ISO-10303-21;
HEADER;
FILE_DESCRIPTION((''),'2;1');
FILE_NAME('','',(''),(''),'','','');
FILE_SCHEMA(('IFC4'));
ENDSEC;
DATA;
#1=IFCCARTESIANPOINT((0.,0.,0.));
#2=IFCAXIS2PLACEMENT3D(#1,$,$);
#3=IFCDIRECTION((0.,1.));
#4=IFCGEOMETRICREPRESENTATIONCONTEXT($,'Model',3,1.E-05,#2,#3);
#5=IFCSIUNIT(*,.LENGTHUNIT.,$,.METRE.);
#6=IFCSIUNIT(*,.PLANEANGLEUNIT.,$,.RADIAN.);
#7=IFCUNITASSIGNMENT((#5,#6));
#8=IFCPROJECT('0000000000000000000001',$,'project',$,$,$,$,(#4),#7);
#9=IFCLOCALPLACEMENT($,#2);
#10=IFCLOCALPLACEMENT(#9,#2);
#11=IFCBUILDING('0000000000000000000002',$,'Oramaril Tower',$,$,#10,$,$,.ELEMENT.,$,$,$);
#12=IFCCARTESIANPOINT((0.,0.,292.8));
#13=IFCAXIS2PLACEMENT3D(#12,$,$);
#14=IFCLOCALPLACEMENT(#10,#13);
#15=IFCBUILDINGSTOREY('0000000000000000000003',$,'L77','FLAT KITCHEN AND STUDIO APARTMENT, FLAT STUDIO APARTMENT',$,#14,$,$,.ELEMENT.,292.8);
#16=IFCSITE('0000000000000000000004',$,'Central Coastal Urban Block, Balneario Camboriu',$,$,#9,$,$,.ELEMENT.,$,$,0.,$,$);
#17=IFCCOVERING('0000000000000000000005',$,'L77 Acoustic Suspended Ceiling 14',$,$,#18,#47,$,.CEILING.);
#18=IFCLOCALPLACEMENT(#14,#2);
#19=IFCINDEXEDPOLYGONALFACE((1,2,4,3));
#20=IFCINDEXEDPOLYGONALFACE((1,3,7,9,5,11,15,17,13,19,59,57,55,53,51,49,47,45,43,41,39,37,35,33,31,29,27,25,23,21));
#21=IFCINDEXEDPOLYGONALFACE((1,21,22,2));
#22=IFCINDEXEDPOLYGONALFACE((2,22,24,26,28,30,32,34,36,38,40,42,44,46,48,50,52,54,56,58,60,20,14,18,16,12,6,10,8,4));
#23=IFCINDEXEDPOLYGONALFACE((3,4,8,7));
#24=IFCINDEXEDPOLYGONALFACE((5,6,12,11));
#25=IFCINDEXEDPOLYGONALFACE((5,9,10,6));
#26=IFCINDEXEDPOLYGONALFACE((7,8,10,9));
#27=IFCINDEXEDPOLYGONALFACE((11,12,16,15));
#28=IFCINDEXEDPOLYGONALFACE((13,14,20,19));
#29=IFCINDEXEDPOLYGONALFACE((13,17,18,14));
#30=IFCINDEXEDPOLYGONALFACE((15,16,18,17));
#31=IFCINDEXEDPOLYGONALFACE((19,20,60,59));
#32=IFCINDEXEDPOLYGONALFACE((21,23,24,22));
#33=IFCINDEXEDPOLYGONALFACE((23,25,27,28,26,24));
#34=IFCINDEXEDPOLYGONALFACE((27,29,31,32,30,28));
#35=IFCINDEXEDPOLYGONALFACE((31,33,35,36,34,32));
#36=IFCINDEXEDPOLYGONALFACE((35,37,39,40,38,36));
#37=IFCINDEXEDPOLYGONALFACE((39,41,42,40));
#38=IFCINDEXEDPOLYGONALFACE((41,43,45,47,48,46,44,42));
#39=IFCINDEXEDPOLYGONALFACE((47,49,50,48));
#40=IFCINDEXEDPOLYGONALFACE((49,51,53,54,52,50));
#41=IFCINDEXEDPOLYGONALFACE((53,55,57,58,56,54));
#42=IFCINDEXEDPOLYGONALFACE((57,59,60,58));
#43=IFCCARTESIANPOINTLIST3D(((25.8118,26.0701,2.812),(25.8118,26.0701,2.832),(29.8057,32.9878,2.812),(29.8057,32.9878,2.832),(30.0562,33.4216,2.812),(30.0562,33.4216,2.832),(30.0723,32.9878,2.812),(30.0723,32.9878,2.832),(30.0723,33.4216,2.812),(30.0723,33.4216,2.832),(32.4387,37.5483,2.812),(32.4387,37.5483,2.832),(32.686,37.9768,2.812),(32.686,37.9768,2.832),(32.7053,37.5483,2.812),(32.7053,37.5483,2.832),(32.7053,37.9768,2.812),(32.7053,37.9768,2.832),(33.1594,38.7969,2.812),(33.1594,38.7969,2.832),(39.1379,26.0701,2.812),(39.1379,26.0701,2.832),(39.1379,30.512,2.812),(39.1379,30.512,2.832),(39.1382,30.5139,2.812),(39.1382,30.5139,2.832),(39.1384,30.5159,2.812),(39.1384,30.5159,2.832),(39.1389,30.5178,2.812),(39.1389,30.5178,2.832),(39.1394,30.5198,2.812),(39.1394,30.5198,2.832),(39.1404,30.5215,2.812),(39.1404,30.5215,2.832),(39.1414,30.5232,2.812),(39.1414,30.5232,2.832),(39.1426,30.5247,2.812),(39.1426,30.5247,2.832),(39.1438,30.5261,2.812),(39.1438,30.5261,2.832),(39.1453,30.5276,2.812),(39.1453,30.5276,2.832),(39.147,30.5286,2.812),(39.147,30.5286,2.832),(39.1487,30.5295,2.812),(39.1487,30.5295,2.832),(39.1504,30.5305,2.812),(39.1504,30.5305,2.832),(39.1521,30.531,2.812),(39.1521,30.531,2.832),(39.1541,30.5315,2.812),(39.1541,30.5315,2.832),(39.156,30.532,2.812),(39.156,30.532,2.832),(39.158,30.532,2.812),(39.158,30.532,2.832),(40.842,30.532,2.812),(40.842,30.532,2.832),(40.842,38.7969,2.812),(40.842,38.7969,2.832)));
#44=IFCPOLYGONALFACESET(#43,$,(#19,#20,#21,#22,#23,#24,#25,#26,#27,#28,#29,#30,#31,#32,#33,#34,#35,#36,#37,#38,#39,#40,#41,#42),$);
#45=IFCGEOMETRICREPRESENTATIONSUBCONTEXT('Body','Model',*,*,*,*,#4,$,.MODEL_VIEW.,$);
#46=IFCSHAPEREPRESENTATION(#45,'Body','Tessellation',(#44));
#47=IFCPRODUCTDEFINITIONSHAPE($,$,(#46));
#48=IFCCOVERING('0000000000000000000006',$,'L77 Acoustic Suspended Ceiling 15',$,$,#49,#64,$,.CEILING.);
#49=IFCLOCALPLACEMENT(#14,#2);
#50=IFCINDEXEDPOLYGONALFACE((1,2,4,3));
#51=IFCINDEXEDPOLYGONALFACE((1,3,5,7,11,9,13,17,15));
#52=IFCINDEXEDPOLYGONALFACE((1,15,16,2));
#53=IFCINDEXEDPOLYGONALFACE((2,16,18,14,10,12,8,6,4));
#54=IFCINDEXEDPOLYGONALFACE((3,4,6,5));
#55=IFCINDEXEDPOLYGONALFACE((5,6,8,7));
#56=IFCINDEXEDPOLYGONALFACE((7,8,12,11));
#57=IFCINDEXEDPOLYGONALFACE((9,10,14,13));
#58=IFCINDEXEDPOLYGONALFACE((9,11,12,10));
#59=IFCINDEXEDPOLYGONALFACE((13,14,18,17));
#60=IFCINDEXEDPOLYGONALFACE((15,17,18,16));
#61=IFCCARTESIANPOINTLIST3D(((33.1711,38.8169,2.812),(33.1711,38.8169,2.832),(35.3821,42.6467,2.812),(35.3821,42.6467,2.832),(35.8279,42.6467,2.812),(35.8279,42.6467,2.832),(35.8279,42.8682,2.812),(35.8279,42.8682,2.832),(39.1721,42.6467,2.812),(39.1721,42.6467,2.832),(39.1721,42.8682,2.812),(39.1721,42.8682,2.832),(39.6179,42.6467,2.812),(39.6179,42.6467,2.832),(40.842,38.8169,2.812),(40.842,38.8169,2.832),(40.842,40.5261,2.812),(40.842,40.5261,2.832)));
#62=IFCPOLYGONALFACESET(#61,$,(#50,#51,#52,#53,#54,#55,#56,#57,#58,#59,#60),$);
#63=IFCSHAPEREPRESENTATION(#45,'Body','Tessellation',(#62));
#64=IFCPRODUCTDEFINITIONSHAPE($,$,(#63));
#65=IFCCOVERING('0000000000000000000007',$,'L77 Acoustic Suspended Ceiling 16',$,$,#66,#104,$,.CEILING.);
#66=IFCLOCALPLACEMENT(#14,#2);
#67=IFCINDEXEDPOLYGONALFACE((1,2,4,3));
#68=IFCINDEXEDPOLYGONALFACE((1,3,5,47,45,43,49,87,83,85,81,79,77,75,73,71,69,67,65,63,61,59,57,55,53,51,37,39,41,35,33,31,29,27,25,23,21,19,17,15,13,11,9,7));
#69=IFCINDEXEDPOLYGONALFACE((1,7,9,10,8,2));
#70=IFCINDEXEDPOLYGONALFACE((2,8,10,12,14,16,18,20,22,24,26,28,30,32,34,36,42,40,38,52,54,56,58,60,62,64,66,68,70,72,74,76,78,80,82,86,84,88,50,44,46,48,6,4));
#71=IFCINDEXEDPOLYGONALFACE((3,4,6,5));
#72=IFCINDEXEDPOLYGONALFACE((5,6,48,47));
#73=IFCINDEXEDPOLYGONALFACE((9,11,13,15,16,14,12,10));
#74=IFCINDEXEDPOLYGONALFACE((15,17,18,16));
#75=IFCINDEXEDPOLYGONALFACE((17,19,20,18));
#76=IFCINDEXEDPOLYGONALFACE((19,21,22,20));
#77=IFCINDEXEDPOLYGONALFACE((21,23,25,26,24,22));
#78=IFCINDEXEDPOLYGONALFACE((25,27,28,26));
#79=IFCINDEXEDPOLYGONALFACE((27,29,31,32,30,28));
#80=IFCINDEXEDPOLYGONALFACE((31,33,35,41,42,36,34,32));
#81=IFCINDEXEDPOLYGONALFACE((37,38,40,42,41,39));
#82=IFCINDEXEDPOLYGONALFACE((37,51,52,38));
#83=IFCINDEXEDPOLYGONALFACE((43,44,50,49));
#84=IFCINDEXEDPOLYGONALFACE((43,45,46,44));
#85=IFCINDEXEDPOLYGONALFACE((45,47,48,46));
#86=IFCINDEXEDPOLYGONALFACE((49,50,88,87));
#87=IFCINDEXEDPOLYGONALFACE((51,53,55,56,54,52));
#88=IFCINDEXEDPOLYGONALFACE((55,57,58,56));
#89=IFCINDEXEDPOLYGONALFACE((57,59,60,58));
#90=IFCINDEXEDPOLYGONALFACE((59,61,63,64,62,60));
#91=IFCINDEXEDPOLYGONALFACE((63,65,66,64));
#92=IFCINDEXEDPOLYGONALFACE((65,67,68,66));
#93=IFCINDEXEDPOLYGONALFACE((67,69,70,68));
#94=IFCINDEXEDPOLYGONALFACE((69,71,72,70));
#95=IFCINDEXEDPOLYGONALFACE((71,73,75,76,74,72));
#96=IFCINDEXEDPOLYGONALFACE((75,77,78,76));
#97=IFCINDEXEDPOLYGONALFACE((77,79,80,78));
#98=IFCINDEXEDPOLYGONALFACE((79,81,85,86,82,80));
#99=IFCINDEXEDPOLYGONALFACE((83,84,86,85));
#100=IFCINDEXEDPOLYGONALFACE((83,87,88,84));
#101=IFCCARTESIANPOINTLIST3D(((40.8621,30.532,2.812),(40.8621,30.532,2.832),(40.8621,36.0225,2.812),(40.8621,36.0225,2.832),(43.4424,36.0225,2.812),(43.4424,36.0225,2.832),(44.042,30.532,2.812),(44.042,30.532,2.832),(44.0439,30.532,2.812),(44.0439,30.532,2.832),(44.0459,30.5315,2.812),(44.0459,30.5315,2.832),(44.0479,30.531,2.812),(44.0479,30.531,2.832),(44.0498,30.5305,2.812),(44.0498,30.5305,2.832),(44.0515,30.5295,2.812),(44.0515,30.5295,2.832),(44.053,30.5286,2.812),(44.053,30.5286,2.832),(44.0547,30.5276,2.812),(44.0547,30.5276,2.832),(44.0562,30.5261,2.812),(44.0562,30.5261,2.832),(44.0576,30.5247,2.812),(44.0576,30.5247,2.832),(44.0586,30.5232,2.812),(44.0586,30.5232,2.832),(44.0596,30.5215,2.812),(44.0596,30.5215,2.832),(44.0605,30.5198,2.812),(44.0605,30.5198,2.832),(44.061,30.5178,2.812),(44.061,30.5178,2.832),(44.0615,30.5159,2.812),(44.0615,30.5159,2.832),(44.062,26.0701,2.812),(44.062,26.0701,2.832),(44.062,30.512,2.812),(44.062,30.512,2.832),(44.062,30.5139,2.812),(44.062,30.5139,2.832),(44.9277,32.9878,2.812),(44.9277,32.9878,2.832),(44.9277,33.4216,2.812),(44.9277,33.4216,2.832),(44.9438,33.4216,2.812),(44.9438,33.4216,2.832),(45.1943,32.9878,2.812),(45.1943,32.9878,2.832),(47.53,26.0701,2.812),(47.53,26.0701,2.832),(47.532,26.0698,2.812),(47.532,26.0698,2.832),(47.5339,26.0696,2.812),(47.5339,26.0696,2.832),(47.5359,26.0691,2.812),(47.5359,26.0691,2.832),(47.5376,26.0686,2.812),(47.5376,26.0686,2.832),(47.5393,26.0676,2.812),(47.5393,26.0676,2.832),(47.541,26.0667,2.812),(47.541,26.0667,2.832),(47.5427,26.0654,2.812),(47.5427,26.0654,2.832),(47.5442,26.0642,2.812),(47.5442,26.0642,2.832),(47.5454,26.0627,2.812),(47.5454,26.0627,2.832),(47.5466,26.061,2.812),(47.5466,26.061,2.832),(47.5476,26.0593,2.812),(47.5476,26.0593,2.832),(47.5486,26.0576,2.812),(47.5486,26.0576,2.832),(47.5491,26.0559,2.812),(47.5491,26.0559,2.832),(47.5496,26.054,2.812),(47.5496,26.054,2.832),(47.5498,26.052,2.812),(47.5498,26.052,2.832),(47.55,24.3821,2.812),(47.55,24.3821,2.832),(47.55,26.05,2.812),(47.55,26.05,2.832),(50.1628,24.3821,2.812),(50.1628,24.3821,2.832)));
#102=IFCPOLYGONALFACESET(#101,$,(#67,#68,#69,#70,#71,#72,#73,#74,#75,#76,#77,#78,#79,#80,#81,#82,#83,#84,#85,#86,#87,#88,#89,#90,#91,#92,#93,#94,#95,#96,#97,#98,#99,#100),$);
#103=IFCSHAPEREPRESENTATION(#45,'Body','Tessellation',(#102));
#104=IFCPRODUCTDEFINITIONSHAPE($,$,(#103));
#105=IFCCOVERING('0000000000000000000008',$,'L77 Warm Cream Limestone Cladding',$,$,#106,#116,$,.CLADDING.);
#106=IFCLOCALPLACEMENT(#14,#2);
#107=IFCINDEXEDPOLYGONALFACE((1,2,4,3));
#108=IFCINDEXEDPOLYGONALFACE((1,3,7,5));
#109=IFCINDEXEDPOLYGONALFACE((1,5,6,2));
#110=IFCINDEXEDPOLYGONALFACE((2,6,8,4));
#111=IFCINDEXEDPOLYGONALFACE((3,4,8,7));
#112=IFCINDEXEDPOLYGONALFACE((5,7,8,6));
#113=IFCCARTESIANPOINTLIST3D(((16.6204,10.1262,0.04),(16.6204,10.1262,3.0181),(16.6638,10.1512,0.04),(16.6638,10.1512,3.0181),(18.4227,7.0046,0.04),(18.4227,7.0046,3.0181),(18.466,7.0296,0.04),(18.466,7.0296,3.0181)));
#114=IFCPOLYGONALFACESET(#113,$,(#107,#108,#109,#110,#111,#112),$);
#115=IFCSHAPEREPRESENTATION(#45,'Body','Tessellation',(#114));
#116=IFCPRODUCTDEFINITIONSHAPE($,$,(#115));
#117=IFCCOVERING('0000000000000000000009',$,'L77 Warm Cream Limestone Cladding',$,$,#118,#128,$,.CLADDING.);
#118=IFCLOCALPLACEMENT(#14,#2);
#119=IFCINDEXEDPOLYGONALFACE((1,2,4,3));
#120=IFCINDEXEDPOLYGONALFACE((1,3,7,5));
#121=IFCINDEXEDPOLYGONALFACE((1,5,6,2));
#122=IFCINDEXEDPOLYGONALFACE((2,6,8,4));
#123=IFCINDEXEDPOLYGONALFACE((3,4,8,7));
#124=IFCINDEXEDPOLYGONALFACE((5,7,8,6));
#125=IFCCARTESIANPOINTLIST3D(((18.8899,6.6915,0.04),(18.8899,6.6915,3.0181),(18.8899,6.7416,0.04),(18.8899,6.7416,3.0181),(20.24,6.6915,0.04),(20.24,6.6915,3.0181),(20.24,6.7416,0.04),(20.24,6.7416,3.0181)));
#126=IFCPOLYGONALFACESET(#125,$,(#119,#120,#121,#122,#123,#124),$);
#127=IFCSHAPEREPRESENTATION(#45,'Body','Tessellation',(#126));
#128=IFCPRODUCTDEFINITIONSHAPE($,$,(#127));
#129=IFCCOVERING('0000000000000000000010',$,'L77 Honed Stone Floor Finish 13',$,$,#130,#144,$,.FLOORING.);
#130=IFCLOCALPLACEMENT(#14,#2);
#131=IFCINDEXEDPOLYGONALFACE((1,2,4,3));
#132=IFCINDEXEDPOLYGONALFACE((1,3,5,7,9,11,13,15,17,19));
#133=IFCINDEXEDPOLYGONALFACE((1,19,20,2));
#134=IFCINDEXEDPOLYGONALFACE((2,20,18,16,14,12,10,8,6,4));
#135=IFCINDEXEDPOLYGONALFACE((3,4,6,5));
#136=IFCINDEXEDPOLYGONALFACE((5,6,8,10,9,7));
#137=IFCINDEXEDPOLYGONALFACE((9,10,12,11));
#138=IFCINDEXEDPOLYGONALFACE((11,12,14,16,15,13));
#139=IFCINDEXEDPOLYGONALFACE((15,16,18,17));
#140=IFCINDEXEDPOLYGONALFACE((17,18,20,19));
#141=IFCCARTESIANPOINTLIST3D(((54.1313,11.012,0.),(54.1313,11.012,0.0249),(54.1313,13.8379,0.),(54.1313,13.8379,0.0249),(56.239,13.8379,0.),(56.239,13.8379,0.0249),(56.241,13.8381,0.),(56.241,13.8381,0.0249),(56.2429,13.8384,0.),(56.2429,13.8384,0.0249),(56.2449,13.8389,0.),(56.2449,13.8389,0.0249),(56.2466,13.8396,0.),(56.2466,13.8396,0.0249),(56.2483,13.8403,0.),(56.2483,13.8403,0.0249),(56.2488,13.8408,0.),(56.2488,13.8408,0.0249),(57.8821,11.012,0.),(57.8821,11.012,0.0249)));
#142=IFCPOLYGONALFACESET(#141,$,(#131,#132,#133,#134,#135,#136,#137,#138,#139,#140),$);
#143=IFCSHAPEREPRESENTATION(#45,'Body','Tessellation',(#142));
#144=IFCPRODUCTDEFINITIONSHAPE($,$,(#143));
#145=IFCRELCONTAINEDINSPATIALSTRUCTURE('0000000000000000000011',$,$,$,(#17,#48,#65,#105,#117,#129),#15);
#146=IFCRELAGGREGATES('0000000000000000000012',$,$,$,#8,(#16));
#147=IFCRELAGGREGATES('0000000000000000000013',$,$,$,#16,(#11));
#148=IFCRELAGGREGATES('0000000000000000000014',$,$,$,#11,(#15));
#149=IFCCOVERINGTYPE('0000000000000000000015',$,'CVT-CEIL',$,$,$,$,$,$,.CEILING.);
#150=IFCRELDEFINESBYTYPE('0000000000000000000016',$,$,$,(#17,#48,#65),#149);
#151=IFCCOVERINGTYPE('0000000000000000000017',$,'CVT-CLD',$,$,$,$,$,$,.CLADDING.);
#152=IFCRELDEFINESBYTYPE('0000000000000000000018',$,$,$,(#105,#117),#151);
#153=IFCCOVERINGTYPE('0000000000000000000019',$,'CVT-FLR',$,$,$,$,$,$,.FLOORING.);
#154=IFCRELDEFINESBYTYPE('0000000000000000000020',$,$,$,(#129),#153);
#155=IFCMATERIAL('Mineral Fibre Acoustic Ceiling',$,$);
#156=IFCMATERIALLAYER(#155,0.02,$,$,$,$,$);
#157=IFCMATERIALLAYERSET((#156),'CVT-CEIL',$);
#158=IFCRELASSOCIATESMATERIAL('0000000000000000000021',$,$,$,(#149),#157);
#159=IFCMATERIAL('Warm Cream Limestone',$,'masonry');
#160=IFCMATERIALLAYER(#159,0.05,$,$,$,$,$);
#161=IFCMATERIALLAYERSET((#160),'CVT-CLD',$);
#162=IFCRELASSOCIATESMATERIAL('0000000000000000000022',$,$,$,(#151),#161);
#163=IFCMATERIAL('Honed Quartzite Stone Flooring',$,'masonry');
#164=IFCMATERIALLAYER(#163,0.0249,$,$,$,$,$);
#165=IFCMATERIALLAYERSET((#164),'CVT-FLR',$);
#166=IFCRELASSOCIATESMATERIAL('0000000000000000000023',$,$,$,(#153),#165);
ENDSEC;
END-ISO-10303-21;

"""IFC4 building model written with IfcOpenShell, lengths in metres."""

from ifc_helpers import new_model, si_unit, direction, frame, origin, origin_2d, place, context, subcontext, project, spatial, polyline, rectangle, outline, extrude, material, layer, layer_set, type_object, element, save


model = new_model("IFC4")

# Units and contexts
model_context = context("Model", 3, precision=1e-05, world=origin(), true_north=direction((0.0, 1.0)))
body_context = subcontext(model_context, "Body", "Model", "MODEL_VIEW")
ifc_project = project(units=[si_unit("LENGTHUNIT", "METRE"), si_unit("PLANEANGLEUNIT", "RADIAN")], contexts=[model_context])

# Site, building, storey
site_placement = place(None, origin())
site = spatial("IfcSite", under=ifc_project, at=site_placement, Name="Central Coastal Urban Block, Balneario Camboriu", CompositionType="ELEMENT", RefElevation=0.0)
building_placement = place(site_placement, origin())
building = spatial("IfcBuilding", under=site, at=building_placement, Name="Oramaril Tower", CompositionType="ELEMENT")
storey_placement = place(building_placement, frame((0.0, 0.0, 292.8)))
storey = spatial("IfcBuildingStorey", under=building, at=storey_placement, Name="L77", Description="FLAT KITCHEN AND STUDIO APARTMENT, FLAT STUDIO APARTMENT", CompositionType="ELEMENT", Elevation=292.8)

# Coverings
ifc_material_1 = material(Name="Mineral Fibre Acoustic Ceiling")
ifc_layer_1 = layer(ifc_material_1, 0.02)
ifc_layer_set_1 = layer_set([ifc_layer_1], Name="CVT-CEIL")
covering_type_1 = type_object("IfcCoveringType", Name="CVT-CEIL", PredefinedType="CEILING", material=ifc_layer_set_1)
covering_1_placement = place(storey_placement, frame((0.0, 0.0, 2.812)))
element("IfcCovering", 1, at=covering_1_placement, inside=storey, type_object=covering_type_1, Name="L77 Acoustic Suspended Ceiling 14", PredefinedType="CEILING", context=body_context, shape_type="SweptSolid", body=[
    extrude(outline(polyline([(29.8057, 32.9878), (30.0723, 32.9878), (30.0723, 33.4216), (30.0562, 33.4216), (32.4387, 37.5483), (32.7053, 37.5483), (32.7053, 37.9768), (32.686, 37.9768), (33.1594, 38.7969), (40.842, 38.7969), (40.842, 30.532), (39.158, 30.532), (39.156, 30.532), (39.1541, 30.5315), (39.1521, 30.531), (39.1504, 30.5305), (39.1487, 30.5295), (39.147, 30.5286), (39.1453, 30.5276), (39.1438, 30.5261), (39.1426, 30.5247), (39.1414, 30.5232), (39.1404, 30.5215), (39.1394, 30.5198), (39.1389, 30.5178), (39.1384, 30.5159), (39.1382, 30.5139), (39.1379, 30.512), (39.1379, 26.0701), (25.8118, 26.0701), (29.8057, 32.9878)])), origin(), (0.0, 0.0, 1.0), 0.02),
])
covering_2_placement = place(storey_placement, frame((0.0, 0.0, 2.812)))
element("IfcCovering", 2, at=covering_2_placement, inside=storey, type_object=covering_type_1, Name="L77 Acoustic Suspended Ceiling 15", PredefinedType="CEILING", context=body_context, shape_type="SweptSolid", body=[
    extrude(outline(polyline([(39.1721, 42.6467), (39.6179, 42.6467), (40.842, 40.5261), (40.842, 38.8169), (33.1711, 38.8169), (35.3821, 42.6467), (35.8279, 42.6467), (35.8279, 42.8682), (39.1721, 42.8682), (39.1721, 42.6467)])), origin(), (0.0, 0.0, 1.0), 0.02),
])
covering_3_placement = place(storey_placement, frame((0.0, 0.0, 2.812)))
element("IfcCovering", 3, at=covering_3_placement, inside=storey, type_object=covering_type_1, Name="L77 Acoustic Suspended Ceiling 16", PredefinedType="CEILING", context=body_context, shape_type="SweptSolid", body=[
    extrude(outline(polyline([(43.4424, 36.0225), (44.9438, 33.4216), (44.9277, 33.4216), (44.9277, 32.9878), (45.1943, 32.9878), (50.1628, 24.3821), (47.55, 24.3821), (47.55, 26.05), (47.5498, 26.052), (47.5496, 26.054), (47.5491, 26.0559), (47.5486, 26.0576), (47.5476, 26.0593), (47.5466, 26.061), (47.5454, 26.0627), (47.5442, 26.0642), (47.5427, 26.0654), (47.541, 26.0667), (47.5393, 26.0676), (47.5376, 26.0686), (47.5359, 26.0691), (47.5339, 26.0696), (47.532, 26.0698), (47.53, 26.0701), (44.062, 26.0701), (44.062, 30.512), (44.062, 30.5139), (44.0615, 30.5159), (44.061, 30.5178), (44.0605, 30.5198), (44.0596, 30.5215), (44.0586, 30.5232), (44.0576, 30.5247), (44.0562, 30.5261), (44.0547, 30.5276), (44.053, 30.5286), (44.0515, 30.5295), (44.0498, 30.5305), (44.0479, 30.531), (44.0459, 30.5315), (44.0439, 30.532), (44.042, 30.532), (40.8621, 30.532), (40.8621, 36.0225), (43.4424, 36.0225)])), origin(), (0.0, 0.0, 1.0), 0.02),
])
ifc_material_2 = material(Name="Warm Cream Limestone", Category="masonry")
ifc_layer_2 = layer(ifc_material_2, 0.05)
ifc_layer_set_2 = layer_set([ifc_layer_2], Name="CVT-CLD")
covering_type_2 = type_object("IfcCoveringType", Name="CVT-CLD", PredefinedType="CLADDING", material=ifc_layer_set_2)
covering_4_placement = place(storey_placement, frame((17.5432, 8.5779, 0.04), z_axis=(0.0, 0.0, 1.0), x_axis=(0.499998, -0.866026, 0.0)))
element("IfcCovering", 4, at=covering_4_placement, inside=storey, type_object=covering_type_2, Name="L77 Warm Cream Limestone Cladding", PredefinedType="CLADDING", context=body_context, shape_type="SweptSolid", body=[
    extrude(rectangle(XDim=3.6045, YDim=0.05, at=origin_2d()), origin(), (0.0, 0.0, 1.0), 2.978),
])
covering_5_placement = place(storey_placement, frame((19.5649, 6.7166, 0.04), z_axis=(0.0, 0.0, 1.0), x_axis=(1.0, 0.0, 0.0)))
element("IfcCovering", 5, at=covering_5_placement, inside=storey, type_object=covering_type_2, Name="L77 Warm Cream Limestone Cladding", PredefinedType="CLADDING", context=body_context, shape_type="SweptSolid", body=[
    extrude(rectangle(XDim=1.3501, YDim=0.05, at=origin_2d()), origin(), (0.0, 0.0, 1.0), 2.978),
])
ifc_material_3 = material(Name="Honed Quartzite Stone Flooring", Category="masonry")
ifc_layer_3 = layer(ifc_material_3, 0.0249)
ifc_layer_set_3 = layer_set([ifc_layer_3], Name="CVT-FLR")
covering_type_3 = type_object("IfcCoveringType", Name="CVT-FLR", PredefinedType="FLOORING", material=ifc_layer_set_3)
covering_6_placement = place(storey_placement, origin())
element("IfcCovering", 6, at=covering_6_placement, inside=storey, type_object=covering_type_3, Name="L77 Honed Stone Floor Finish 13", PredefinedType="FLOORING", context=body_context, shape_type="SweptSolid", body=[
    extrude(outline(polyline([(57.8821, 11.012), (54.1313, 11.012), (54.1313, 13.8379), (56.239, 13.8379), (56.241, 13.8381), (56.2429, 13.8384), (56.2449, 13.8389), (56.2466, 13.8396), (56.2483, 13.8403), (56.2488, 13.8408), (57.8821, 11.012)])), origin(), (0.0, 0.0, 1.0), 0.0249),
])

save(model, "model.ifc")
